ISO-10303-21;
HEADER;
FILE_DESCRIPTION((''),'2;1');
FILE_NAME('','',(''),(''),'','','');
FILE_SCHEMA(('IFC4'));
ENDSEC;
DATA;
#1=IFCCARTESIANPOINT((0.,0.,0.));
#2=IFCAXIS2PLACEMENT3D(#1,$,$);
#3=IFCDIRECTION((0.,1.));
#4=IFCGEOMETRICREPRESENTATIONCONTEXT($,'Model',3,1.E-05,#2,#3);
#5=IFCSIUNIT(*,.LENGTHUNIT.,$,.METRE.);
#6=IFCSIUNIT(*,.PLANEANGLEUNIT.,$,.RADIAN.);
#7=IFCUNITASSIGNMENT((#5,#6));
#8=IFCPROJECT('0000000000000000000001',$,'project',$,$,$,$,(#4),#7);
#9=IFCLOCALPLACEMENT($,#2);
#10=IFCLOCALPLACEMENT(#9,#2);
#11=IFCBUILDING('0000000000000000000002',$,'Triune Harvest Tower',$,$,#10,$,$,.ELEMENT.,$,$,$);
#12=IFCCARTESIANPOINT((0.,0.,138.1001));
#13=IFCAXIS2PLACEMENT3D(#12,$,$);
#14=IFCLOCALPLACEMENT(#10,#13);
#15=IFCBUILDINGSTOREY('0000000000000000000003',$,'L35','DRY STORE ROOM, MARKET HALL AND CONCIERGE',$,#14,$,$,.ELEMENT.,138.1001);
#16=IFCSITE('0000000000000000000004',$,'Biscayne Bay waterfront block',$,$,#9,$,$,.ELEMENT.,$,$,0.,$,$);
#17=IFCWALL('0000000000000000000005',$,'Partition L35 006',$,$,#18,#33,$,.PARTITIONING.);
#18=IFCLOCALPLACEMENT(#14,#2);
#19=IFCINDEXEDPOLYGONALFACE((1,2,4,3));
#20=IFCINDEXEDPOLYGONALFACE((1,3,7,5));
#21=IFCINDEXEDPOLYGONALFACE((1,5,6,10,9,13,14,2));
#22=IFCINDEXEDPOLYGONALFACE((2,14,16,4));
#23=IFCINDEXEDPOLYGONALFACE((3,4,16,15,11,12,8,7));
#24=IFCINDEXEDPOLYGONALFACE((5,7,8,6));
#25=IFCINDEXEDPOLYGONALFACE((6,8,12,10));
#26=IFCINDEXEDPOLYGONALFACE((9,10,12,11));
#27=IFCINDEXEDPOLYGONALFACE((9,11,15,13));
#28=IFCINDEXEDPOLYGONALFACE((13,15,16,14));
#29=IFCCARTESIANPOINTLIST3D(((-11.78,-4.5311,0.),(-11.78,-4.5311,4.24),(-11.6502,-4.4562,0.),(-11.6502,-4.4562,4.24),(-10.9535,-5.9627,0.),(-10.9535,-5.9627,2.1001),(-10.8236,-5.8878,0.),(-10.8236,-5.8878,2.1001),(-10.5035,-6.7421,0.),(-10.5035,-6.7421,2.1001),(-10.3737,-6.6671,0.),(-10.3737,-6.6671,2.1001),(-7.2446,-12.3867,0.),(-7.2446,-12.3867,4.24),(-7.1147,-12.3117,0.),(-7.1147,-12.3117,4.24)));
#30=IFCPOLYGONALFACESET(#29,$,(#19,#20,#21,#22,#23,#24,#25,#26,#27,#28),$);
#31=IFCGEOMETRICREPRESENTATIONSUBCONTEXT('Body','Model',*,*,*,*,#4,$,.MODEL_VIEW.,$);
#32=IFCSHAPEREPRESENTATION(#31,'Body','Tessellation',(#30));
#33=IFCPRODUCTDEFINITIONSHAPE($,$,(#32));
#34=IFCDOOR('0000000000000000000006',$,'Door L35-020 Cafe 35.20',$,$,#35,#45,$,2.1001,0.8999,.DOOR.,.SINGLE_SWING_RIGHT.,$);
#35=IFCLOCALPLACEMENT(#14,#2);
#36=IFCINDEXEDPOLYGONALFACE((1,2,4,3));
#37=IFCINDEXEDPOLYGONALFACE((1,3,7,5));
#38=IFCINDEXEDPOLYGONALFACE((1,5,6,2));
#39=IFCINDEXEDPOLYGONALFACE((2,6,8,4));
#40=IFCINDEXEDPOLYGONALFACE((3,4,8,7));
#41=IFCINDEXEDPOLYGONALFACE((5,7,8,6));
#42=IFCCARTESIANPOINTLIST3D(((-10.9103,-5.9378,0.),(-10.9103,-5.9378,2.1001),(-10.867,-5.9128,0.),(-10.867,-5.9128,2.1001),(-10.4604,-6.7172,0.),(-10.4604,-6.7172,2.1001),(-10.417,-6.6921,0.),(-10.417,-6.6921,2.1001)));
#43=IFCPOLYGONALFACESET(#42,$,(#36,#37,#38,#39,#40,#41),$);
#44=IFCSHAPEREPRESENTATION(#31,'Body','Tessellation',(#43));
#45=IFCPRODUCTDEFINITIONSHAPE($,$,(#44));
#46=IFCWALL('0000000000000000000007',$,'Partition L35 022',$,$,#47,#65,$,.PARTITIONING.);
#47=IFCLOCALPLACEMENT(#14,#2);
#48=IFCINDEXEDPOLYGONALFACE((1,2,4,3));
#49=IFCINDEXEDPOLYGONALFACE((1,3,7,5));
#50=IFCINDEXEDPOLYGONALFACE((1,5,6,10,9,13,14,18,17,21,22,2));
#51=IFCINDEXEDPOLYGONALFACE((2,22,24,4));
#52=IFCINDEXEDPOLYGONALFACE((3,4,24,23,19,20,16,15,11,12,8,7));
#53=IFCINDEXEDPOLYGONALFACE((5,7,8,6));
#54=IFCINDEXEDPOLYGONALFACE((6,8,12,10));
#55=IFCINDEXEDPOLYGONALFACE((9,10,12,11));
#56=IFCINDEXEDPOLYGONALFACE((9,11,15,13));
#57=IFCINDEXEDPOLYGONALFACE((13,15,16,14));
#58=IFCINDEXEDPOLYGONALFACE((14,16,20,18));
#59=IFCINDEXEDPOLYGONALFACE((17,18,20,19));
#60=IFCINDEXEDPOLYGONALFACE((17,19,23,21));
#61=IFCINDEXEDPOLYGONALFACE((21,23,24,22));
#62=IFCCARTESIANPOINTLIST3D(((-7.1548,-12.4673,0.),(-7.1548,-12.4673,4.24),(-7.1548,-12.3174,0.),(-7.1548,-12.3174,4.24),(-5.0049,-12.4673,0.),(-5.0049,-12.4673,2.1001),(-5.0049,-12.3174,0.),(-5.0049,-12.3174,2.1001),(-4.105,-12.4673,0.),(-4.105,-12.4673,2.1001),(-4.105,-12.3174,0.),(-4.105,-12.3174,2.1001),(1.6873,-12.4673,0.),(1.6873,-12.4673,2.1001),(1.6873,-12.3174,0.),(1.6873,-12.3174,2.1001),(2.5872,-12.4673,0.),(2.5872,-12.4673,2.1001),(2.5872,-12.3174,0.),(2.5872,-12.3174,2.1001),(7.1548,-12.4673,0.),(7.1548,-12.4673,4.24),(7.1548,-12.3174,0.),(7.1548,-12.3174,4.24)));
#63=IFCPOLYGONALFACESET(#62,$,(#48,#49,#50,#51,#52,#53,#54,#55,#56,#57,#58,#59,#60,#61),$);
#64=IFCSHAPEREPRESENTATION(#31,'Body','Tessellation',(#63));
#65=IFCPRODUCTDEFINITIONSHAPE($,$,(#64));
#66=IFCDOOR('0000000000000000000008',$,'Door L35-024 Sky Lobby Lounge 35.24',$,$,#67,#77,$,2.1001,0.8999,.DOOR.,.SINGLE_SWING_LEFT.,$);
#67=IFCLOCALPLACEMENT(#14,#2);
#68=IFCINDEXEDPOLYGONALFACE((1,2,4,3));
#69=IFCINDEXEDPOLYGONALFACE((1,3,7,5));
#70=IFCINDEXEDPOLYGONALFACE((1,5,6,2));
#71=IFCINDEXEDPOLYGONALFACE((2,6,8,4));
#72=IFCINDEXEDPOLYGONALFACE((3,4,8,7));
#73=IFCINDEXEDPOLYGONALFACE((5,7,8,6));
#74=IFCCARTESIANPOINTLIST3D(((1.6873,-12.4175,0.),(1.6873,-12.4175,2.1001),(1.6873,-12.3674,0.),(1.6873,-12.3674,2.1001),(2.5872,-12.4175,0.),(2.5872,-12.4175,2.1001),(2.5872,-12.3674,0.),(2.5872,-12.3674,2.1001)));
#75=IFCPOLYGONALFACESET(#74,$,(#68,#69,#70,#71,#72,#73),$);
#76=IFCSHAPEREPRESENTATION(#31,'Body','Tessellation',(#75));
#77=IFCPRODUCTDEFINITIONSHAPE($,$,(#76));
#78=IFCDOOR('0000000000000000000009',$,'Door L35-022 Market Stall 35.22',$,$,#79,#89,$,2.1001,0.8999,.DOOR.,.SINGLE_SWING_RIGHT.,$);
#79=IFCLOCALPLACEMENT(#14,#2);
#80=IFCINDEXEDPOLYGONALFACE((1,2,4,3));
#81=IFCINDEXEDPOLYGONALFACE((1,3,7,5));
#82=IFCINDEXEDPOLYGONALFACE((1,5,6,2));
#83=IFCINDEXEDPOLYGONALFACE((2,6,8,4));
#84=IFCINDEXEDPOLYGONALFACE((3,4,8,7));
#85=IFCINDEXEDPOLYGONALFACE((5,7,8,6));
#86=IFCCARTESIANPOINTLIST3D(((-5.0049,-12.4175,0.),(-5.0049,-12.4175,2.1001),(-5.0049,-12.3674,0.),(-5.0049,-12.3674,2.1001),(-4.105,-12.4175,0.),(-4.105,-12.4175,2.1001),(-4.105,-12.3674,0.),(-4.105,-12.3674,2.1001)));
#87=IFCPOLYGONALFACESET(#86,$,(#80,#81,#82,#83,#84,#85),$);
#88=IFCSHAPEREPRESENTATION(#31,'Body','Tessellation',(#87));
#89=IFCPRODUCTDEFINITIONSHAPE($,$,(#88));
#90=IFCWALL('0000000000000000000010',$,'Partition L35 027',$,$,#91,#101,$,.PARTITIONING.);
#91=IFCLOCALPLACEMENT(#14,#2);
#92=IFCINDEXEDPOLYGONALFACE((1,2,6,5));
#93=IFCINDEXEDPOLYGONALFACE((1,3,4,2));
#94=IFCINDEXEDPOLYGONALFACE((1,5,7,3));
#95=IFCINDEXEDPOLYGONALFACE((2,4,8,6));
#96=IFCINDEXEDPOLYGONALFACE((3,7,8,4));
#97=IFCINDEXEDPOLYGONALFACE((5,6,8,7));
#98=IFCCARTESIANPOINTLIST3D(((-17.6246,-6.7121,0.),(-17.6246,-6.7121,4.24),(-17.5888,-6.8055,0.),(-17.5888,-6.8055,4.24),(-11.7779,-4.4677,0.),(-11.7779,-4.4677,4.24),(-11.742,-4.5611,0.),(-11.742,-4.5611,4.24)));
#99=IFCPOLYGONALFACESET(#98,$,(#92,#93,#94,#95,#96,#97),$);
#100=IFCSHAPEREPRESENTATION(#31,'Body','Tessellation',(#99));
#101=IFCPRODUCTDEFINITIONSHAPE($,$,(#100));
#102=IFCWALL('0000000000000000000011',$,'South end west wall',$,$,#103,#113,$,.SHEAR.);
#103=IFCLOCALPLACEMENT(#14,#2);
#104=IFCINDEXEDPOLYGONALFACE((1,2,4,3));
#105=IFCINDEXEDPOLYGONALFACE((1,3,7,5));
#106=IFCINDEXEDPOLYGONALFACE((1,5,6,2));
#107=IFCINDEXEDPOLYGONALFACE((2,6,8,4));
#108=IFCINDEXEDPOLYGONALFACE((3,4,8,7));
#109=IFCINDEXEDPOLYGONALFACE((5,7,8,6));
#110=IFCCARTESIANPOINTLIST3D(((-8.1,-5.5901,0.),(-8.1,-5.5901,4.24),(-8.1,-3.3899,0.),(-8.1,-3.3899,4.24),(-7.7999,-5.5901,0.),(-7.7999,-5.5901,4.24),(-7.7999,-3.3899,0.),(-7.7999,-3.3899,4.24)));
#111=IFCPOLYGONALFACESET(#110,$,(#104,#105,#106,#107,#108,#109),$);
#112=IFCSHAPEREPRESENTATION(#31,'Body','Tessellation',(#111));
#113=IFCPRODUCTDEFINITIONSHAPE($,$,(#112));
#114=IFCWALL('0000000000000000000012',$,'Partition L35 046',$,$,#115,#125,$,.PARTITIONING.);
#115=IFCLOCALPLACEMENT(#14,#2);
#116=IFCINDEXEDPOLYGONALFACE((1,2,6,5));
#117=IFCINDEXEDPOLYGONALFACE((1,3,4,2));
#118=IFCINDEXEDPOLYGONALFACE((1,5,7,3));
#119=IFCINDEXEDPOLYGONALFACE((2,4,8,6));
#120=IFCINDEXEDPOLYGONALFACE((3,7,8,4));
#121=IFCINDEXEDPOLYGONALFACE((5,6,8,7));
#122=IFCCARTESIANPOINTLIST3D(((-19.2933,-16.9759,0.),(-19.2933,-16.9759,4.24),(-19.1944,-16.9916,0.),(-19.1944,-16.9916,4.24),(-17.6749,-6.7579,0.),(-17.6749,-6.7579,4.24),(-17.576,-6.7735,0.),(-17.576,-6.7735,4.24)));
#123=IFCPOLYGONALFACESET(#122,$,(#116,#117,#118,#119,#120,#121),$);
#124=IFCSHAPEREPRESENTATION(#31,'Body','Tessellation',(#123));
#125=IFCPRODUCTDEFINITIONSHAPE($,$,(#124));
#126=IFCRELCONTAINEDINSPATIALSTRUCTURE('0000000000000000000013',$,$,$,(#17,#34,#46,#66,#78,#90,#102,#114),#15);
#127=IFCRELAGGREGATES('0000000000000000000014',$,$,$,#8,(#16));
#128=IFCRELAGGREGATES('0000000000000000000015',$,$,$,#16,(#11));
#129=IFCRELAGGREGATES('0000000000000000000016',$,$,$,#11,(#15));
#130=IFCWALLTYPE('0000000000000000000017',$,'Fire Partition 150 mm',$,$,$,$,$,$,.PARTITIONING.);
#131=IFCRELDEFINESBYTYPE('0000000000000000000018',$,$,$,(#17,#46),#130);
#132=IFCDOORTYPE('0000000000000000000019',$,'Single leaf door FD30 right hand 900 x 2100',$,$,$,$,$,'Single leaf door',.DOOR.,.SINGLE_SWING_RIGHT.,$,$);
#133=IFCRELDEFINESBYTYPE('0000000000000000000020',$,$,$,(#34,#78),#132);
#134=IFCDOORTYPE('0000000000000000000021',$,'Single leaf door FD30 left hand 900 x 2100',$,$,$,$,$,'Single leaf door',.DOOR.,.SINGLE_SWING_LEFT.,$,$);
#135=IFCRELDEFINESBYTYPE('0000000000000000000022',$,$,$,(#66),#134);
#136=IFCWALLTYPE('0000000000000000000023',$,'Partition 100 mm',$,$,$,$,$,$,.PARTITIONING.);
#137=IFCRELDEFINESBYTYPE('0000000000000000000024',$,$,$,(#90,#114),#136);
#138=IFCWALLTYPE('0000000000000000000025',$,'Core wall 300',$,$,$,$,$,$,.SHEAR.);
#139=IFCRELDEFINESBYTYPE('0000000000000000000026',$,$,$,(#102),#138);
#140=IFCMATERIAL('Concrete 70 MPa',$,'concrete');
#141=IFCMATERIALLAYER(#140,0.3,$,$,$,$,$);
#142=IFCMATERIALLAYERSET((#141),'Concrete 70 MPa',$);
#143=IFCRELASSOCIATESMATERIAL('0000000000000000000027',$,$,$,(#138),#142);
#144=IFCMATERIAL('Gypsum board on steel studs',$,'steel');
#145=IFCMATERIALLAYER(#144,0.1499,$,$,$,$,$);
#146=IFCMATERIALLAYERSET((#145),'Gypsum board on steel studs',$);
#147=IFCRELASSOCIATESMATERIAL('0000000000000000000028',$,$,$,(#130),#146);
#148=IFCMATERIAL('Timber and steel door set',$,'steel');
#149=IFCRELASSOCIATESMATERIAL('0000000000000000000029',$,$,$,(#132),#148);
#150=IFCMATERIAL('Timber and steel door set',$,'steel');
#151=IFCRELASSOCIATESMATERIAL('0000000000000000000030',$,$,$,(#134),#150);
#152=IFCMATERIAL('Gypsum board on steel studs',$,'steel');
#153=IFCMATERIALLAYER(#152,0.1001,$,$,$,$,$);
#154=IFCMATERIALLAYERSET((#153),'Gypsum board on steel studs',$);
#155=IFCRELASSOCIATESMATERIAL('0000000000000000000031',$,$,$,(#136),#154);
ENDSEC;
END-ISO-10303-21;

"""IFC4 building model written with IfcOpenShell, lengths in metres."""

from ifc_helpers import new_model, si_unit, direction, frame, frame_2d, origin, place, context, subcontext, project, spatial, rectangle, extrude, source, transform, mapped, material, layer, layer_set, type_object, element, fill, save


model = new_model("IFC4")

# Units and contexts
model_context = context("Model", 3, precision=1e-05, world=origin(), true_north=direction((0.0, 1.0)))
body_context = subcontext(model_context, "Body", "Model", "MODEL_VIEW")
ifc_project = project(units=[si_unit("LENGTHUNIT", "METRE"), si_unit("PLANEANGLEUNIT", "RADIAN")], contexts=[model_context])

# Site, building, storey
site_placement = place(None, origin())
site = spatial("IfcSite", under=ifc_project, at=site_placement, Name="Biscayne Bay waterfront block", CompositionType="ELEMENT", RefElevation=0.0)
building_placement = place(site_placement, origin())
building = spatial("IfcBuilding", under=site, at=building_placement, Name="Triune Harvest Tower", CompositionType="ELEMENT")
storey_placement = place(building_placement, frame((0.0, 0.0, 138.1001)))
storey = spatial("IfcBuildingStorey", under=building, at=storey_placement, Name="L35", Description="DRY STORE ROOM, MARKET HALL AND CONCIERGE", CompositionType="ELEMENT", Elevation=138.1001)

# Shared definitions
ifc_material_1 = material(Name="Concrete 70 MPa", Category="concrete")
ifc_layer_1 = layer(ifc_material_1, 0.3)
ifc_layer_set_1 = layer_set([ifc_layer_1], Name="Concrete 70 MPa")
wall_type_1 = type_object("IfcWallType", Name="Core wall 300", PredefinedType="SHEAR", material=ifc_layer_set_1)

# Wall, opening, door
ifc_material_2 = material(Name="Gypsum board on steel studs", Category="steel")
ifc_layer_2 = layer(ifc_material_2, 0.1499)
ifc_layer_set_2 = layer_set([ifc_layer_2], Name="Gypsum board on steel studs")
wall_type_2 = type_object("IfcWallType", Name="Fire Partition 150 mm", PredefinedType="PARTITIONING", material=ifc_layer_set_2)
ifc_material_3 = material(Name="Timber and steel door set", Category="steel")
door_type_1 = type_object("IfcDoorType", Name="Single leaf door FD30 right hand 900 x 2100", ElementType="Single leaf door", OperationType="SINGLE_SWING_RIGHT", PredefinedType="DOOR", material=ifc_material_3)
wall_1_placement = place(storey_placement, frame((-11.7151, -4.4937, 0.0), z_axis=(0.0, 0.0, 1.0), x_axis=(0.500004, -0.866023, 0.0)))
wall_1 = element("IfcWall", 1, at=wall_1_placement, inside=storey, type_object=wall_type_2, Name="Partition L35 006", PredefinedType="PARTITIONING", context=body_context, shape_type="SweptSolid", body=[
    extrude(rectangle(XDim=9.0708, YDim=0.1499, at=frame_2d((4.5354, 0.0))), origin(), (0.0, 0.0, 1.0), 4.24),
])
opening_1_placement = place(wall_1_placement, frame((1.6531, 0.0, 0.0)))
opening_1 = element("IfcOpeningElement", 2, at=opening_1_placement, cuts=wall_1, PredefinedType="OPENING", context=body_context, shape_type="SweptSolid", body=[
    extrude(rectangle(XDim=0.8999, YDim=2.1001, at=frame_2d((0.45, 1.05))), frame((0.0, 0.085, 0.0), z_axis=(0.0, -1.0, 0.0), x_axis=(1.0, 0.0, 0.0)), (0.0, 0.0, 1.0), 0.1699),
])
door_1_placement = place(opening_1_placement, origin())
door_1 = element("IfcDoor", 3, at=door_1_placement, inside=storey, type_object=door_type_1, Name="Door L35-020 Cafe 35.20", OperationType="SINGLE_SWING_RIGHT", OverallHeight=2.1001, OverallWidth=0.8999, PredefinedType="DOOR", context=body_context, shape_type="SweptSolid", body=[
    extrude(rectangle(XDim=0.8999, YDim=2.1001, at=frame_2d((0.45, 1.05))), frame((0.0, 0.0249, 0.0), z_axis=(0.0, -1.0, 0.0), x_axis=(1.0, 0.0, 0.0)), (0.0, 0.0, 1.0), 0.05),
])
fill(opening_1, door_1)

# Wall, openings, doors
wall_2_placement = place(storey_placement, frame((-7.1548, -12.3923, 0.0), z_axis=(0.0, 0.0, 1.0), x_axis=(1.0, 0.0, 0.0)))
wall_2 = element("IfcWall", 4, at=wall_2_placement, inside=storey, type_object=wall_type_2, Name="Partition L35 022", PredefinedType="PARTITIONING", context=body_context, shape_type="SweptSolid", body=[
    extrude(rectangle(XDim=14.3096, YDim=0.1499, at=frame_2d((7.1548, 0.0))), origin(), (0.0, 0.0, 1.0), 4.24),
])
opening_2_placement = place(wall_2_placement, frame((2.1499, 0.0, 0.0)))
opening_2 = element("IfcOpeningElement", 5, at=opening_2_placement, cuts=wall_2, PredefinedType="OPENING", context=body_context, shape_type="SweptSolid", body=[
    extrude(rectangle(XDim=0.8999, YDim=2.1001, at=frame_2d((0.45, 1.05))), frame((0.0, 0.085, 0.0), z_axis=(0.0, -1.0, 0.0), x_axis=(1.0, 0.0, 0.0)), (0.0, 0.0, 1.0), 0.1699),
])
opening_3_placement = place(wall_2_placement, frame((8.842, 0.0, 0.0)))
opening_3 = element("IfcOpeningElement", 6, at=opening_3_placement, cuts=wall_2, PredefinedType="OPENING", context=body_context, shape_type="SweptSolid", body=[
    extrude(rectangle(XDim=0.8999, YDim=2.1001, at=frame_2d((0.45, 1.05))), frame((0.0, 0.085, 0.0), z_axis=(0.0, -1.0, 0.0), x_axis=(1.0, 0.0, 0.0)), (0.0, 0.0, 1.0), 0.1699),
])
ifc_material_4 = material(Name="Timber and steel door set", Category="steel")
door_type_2 = type_object("IfcDoorType", Name="Single leaf door FD30 left hand 900 x 2100", ElementType="Single leaf door", OperationType="SINGLE_SWING_LEFT", PredefinedType="DOOR", material=ifc_material_4)
door_2_placement = place(opening_3_placement, origin())
door_2 = element("IfcDoor", 7, at=door_2_placement, inside=storey, type_object=door_type_2, Name="Door L35-024 Sky Lobby Lounge 35.24", OperationType="SINGLE_SWING_LEFT", OverallHeight=2.1001, OverallWidth=0.8999, PredefinedType="DOOR", context=body_context, shape_type="SweptSolid", body=[
    extrude(rectangle(XDim=0.8999, YDim=2.1001, at=frame_2d((0.45, 1.05))), frame((0.0, 0.0249, 0.0), z_axis=(0.0, -1.0, 0.0), x_axis=(1.0, 0.0, 0.0)), (0.0, 0.0, 1.0), 0.05),
])
fill(opening_3, door_2)
door_3_placement = place(opening_2_placement, origin())
door_3 = element("IfcDoor", 8, at=door_3_placement, inside=storey, type_object=door_type_1, Name="Door L35-022 Market Stall 35.22", OperationType="SINGLE_SWING_RIGHT", OverallHeight=2.1001, OverallWidth=0.8999, PredefinedType="DOOR", context=body_context, shape_type="SweptSolid", body=[
    extrude(rectangle(XDim=0.8999, YDim=2.1001, at=frame_2d((0.45, 1.05))), frame((0.0, 0.0249, 0.0), z_axis=(0.0, -1.0, 0.0), x_axis=(1.0, 0.0, 0.0)), (0.0, 0.0, 1.0), 0.05),
])
fill(opening_2, door_3)

# Walls
ifc_material_5 = material(Name="Gypsum board on steel studs", Category="steel")
ifc_layer_3 = layer(ifc_material_5, 0.1001)
ifc_layer_set_3 = layer_set([ifc_layer_3], Name="Gypsum board on steel studs")
wall_type_3 = type_object("IfcWallType", Name="Partition 100 mm", PredefinedType="PARTITIONING", material=ifc_layer_set_3)
wall_3_placement = place(storey_placement, frame((-17.6067, -6.7588, 0.0), z_axis=(0.0, 0.0, 1.0), x_axis=(0.933578, 0.358376, 0.0)))
element("IfcWall", 9, at=wall_3_placement, inside=storey, type_object=wall_type_3, Name="Partition L35 027", PredefinedType="PARTITIONING", context=body_context, shape_type="SweptSolid", body=[
    extrude(rectangle(XDim=6.2627, YDim=0.1001, at=frame_2d((3.1313, 0.0))), origin(), (0.0, 0.0, 1.0), 4.24),
])
shared_shape_1 = source(origin(), body_context, "Body", "SweptSolid", [
    extrude(rectangle(XDim=2.2002, YDim=0.3, at=frame_2d((1.1001, 0.0))), origin(), (0.0, 0.0, 1.0), 4.24),
])
wall_4_placement = place(storey_placement, frame((-7.95, -5.5901, 0.0), z_axis=(0.0, 0.0, 1.0), x_axis=(0.0, 1.0, 0.0)))
element("IfcWall", 10, at=wall_4_placement, inside=storey, type_object=wall_type_1, Name="South end west wall", PredefinedType="SHEAR", context=body_context, shape_type="MappedRepresentation", body=[
    mapped(shared_shape_1, transform((0.0, 0.0, 0.0), scale=1.0)),
])
shared_shape_2 = source(origin(), body_context, "Body", "SweptSolid", [
    extrude(rectangle(XDim=10.3455, YDim=0.1001, at=frame_2d((5.1729, 0.0))), origin(), (0.0, 0.0, 1.0), 4.24),
])
wall_5_placement = place(storey_placement, frame((-19.2439, -16.9839, 0.0), z_axis=(0.0, 0.0, 1.0), x_axis=(0.156438, 0.987688, 0.0)))
element("IfcWall", 11, at=wall_5_placement, inside=storey, type_object=wall_type_3, Name="Partition L35 046", PredefinedType="PARTITIONING", context=body_context, shape_type="MappedRepresentation", body=[
    mapped(shared_shape_2, transform((0.0, 0.0, 0.0), scale=1.0)),
])

save(model, "model.ifc")
